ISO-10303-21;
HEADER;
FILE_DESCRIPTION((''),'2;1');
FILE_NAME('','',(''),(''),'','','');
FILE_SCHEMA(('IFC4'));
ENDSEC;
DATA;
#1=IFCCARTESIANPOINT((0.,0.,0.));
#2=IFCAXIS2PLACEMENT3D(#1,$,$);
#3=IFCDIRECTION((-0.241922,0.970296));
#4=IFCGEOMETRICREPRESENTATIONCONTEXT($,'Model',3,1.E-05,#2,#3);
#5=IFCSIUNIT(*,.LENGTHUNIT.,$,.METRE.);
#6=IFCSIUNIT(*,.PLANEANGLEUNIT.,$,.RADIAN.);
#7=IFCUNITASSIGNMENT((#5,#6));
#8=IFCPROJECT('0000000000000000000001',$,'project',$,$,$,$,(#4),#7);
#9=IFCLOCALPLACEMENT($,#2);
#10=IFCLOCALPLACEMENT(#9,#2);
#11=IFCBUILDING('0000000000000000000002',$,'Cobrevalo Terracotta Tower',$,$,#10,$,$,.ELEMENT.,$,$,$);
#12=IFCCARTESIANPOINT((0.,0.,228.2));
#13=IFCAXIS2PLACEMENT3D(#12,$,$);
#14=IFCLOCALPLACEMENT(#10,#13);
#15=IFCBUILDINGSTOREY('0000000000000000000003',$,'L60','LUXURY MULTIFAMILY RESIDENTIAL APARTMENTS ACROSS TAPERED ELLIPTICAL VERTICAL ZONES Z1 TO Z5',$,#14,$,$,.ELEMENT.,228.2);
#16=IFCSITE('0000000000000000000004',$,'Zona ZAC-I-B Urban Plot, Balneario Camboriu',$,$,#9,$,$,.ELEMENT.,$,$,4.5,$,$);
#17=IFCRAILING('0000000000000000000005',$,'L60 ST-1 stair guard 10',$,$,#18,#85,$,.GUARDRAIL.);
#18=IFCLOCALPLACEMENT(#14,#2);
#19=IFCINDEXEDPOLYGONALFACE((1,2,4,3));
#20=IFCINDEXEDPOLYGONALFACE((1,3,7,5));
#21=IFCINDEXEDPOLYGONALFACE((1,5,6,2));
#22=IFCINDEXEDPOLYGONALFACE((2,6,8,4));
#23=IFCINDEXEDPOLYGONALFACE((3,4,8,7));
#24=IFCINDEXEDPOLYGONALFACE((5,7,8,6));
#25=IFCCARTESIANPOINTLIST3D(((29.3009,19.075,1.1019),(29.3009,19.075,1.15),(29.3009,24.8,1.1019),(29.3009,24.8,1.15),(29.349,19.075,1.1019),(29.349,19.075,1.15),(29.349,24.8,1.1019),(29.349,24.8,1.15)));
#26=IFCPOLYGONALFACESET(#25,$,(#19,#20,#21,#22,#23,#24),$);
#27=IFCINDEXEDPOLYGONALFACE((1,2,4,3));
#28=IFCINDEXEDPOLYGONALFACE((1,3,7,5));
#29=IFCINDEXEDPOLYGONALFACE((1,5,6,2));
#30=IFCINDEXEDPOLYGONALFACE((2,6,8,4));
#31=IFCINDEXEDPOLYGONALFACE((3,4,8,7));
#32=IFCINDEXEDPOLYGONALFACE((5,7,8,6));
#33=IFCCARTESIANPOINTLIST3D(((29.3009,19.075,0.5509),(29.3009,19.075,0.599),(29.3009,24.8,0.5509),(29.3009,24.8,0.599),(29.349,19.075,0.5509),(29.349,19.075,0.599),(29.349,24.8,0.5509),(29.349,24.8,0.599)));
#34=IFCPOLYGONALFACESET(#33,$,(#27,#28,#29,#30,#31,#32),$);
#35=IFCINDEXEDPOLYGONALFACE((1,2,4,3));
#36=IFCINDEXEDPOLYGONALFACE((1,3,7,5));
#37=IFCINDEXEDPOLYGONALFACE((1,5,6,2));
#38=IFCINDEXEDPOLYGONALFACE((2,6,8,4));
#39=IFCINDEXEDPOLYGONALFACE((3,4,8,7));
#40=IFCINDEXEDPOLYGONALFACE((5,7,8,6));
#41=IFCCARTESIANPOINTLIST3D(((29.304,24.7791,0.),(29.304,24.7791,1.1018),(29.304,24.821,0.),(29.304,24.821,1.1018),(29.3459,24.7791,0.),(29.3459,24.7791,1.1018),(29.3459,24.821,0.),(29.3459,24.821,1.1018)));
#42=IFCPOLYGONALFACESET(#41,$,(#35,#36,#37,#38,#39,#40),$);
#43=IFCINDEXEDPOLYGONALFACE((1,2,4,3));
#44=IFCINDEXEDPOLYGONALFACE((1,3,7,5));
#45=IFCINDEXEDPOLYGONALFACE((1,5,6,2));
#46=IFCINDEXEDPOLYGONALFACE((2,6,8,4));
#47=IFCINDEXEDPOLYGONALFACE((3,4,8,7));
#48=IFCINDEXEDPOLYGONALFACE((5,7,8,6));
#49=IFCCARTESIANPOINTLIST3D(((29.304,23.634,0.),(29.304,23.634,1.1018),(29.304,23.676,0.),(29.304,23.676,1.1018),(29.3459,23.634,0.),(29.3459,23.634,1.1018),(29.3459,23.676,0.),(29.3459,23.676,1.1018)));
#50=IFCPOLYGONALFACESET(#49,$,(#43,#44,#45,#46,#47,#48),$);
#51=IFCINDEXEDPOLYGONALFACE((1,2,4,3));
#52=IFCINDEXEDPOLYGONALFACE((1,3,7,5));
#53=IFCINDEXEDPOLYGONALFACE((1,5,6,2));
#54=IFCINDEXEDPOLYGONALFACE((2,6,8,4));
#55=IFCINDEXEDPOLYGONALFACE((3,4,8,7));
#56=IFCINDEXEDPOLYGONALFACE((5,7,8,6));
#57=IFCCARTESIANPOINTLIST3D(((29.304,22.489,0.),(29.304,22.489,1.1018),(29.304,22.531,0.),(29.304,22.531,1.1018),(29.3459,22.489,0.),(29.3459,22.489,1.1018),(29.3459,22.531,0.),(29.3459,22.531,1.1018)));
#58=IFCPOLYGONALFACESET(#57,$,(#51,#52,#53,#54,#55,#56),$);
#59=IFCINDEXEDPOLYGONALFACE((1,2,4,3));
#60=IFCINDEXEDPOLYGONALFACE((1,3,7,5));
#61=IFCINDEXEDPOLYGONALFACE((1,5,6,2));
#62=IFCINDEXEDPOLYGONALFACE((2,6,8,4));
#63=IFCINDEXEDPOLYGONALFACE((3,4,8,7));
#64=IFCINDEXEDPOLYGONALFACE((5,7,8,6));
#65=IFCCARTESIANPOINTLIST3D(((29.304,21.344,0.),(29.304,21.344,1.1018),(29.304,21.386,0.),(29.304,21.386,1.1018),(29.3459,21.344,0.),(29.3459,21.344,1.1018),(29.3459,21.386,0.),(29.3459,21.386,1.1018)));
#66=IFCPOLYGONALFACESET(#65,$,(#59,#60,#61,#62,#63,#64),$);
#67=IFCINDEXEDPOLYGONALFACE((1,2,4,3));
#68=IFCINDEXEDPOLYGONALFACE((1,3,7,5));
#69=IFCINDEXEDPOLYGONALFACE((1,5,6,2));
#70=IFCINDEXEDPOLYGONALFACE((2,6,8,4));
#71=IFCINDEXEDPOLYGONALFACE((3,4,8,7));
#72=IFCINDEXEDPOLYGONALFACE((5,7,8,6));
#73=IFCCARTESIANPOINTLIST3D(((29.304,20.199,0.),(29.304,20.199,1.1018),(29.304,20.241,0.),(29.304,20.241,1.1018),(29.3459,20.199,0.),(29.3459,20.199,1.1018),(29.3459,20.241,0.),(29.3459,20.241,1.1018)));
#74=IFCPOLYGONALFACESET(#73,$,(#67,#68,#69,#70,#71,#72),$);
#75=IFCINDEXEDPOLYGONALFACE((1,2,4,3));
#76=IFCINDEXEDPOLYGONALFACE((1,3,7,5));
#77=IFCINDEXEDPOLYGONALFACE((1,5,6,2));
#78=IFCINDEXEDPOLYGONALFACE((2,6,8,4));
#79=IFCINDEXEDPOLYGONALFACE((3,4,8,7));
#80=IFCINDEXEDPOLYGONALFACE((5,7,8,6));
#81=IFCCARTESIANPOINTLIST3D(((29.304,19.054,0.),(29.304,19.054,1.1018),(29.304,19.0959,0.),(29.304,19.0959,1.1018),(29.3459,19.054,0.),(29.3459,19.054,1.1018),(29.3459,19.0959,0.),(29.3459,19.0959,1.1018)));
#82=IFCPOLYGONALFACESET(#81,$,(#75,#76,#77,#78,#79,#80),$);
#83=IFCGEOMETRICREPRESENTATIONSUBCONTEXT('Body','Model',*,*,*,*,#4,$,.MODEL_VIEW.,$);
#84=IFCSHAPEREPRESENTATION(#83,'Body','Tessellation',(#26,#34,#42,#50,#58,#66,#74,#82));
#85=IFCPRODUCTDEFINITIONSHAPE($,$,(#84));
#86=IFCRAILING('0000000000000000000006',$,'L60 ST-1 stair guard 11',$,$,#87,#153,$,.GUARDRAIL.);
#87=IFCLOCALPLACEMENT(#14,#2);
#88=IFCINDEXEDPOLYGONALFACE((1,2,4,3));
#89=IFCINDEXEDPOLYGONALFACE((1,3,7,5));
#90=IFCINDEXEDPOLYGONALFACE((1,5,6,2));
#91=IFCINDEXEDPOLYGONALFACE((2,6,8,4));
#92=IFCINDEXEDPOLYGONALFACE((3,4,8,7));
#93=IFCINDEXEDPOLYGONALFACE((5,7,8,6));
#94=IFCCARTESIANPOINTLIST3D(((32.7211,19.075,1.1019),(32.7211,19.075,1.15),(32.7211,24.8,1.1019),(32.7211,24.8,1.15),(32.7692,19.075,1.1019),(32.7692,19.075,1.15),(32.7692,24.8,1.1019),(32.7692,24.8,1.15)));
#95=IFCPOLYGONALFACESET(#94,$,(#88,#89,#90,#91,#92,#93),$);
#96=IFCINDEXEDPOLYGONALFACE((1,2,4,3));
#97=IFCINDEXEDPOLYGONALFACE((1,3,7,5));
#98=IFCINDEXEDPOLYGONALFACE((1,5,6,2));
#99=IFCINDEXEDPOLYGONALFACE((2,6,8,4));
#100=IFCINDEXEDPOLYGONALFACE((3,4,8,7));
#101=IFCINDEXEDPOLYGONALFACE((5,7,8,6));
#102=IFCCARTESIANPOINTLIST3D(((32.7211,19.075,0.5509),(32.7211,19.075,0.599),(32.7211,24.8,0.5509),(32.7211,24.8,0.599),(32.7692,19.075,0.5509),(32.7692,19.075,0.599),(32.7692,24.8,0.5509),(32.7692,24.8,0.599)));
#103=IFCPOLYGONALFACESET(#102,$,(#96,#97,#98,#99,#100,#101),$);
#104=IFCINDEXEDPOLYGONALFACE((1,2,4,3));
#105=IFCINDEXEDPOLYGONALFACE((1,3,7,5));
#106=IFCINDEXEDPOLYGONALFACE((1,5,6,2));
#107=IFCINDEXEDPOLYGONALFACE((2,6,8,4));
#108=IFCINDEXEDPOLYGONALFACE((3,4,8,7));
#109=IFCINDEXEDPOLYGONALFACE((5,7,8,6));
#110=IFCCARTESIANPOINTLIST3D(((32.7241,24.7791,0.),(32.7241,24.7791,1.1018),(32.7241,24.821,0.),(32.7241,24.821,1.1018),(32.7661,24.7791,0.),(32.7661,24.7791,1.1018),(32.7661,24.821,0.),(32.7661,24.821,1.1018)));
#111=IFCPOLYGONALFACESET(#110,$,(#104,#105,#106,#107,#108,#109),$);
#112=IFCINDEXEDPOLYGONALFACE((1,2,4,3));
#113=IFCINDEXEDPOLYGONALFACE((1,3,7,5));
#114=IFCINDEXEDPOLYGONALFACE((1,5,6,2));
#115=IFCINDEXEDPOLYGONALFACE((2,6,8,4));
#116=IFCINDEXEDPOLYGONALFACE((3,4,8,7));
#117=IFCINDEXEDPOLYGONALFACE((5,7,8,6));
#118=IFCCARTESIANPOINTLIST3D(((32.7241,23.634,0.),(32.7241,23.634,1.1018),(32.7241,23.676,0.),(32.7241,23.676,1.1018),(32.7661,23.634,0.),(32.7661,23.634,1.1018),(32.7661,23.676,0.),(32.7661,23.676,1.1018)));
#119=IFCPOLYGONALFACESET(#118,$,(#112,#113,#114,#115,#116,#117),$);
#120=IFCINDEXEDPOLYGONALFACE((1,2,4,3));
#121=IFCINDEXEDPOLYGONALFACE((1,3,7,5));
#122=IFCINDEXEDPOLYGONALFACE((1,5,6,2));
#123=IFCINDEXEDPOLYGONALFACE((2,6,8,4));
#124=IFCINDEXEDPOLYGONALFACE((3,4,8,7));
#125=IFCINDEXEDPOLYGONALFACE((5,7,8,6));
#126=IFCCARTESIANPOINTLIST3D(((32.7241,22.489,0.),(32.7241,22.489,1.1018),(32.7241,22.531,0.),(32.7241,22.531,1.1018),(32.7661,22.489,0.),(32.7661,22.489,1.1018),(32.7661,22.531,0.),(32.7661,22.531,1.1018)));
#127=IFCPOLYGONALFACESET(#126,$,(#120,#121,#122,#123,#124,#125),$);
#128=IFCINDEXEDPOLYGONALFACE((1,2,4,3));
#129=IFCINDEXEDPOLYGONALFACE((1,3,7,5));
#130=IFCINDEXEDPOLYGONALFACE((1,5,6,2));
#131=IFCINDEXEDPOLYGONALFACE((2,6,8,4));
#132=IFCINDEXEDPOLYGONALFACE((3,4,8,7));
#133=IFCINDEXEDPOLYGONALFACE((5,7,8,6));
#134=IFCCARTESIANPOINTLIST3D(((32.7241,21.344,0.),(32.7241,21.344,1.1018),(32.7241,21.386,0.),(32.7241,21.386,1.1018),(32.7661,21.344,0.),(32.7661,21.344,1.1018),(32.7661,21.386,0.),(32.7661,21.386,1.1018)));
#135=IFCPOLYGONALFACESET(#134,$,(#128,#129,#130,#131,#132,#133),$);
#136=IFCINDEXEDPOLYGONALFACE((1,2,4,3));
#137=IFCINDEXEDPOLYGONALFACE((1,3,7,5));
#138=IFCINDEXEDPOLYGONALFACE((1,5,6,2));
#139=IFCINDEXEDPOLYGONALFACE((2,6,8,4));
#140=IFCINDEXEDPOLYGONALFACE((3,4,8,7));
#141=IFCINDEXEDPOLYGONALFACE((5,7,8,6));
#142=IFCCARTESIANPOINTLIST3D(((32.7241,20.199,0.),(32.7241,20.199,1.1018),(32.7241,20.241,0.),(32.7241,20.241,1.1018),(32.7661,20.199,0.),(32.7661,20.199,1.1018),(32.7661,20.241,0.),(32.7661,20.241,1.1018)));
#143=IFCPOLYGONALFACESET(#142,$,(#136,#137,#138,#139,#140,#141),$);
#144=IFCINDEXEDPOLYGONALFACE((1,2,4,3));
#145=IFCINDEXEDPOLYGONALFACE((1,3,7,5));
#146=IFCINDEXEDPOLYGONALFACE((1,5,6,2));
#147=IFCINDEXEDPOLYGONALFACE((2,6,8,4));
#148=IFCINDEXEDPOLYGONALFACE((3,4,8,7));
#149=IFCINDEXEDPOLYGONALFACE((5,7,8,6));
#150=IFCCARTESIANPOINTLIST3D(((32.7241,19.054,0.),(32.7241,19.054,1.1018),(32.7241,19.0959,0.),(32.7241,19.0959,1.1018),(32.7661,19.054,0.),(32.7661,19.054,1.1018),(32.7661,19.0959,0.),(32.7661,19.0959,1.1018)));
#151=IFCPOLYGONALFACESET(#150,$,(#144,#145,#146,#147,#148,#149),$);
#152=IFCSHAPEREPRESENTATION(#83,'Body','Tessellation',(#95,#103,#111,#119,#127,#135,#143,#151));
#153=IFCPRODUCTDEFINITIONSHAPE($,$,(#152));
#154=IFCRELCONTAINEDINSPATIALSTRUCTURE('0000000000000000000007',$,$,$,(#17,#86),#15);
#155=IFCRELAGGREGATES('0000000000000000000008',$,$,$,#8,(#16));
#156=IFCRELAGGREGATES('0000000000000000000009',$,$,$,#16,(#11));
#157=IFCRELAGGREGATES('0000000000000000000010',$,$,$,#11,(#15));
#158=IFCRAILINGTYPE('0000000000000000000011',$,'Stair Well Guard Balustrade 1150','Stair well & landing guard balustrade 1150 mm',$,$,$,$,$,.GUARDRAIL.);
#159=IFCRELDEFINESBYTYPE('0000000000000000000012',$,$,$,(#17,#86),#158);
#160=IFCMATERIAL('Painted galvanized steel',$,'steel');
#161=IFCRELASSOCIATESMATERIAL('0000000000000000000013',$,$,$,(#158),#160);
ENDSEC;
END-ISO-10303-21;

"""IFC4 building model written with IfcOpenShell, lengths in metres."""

from ifc_helpers import new_model, si_unit, direction, frame, origin, origin_2d, place, context, subcontext, project, spatial, rectangle, extrude, material, type_object, element, save


model = new_model("IFC4")

# Units and contexts
model_context = context("Model", 3, precision=1e-05, world=origin(), true_north=direction((-0.241922, 0.970296)))
body_context = subcontext(model_context, "Body", "Model", "MODEL_VIEW")
ifc_project = project(units=[si_unit("LENGTHUNIT", "METRE"), si_unit("PLANEANGLEUNIT", "RADIAN")], contexts=[model_context])

# Site, building, storey
site_placement = place(None, origin())
site = spatial("IfcSite", under=ifc_project, at=site_placement, Name="Zona ZAC-I-B Urban Plot, Balneario Camboriu", CompositionType="ELEMENT", RefElevation=4.5)
building_placement = place(site_placement, origin())
building = spatial("IfcBuilding", under=site, at=building_placement, Name="Cobrevalo Terracotta Tower", CompositionType="ELEMENT")
storey_placement = place(building_placement, frame((0.0, 0.0, 228.2)))
storey = spatial("IfcBuildingStorey", under=building, at=storey_placement, Name="L60", Description="LUXURY MULTIFAMILY RESIDENTIAL APARTMENTS ACROSS TAPERED ELLIPTICAL VERTICAL ZONES Z1 TO Z5", CompositionType="ELEMENT", Elevation=228.2)

# Railings
ifc_material_1 = material(Name="Painted galvanized steel", Category="steel")
railing_type_1 = type_object("IfcRailingType", Name="Stair Well Guard Balustrade 1150", Description="Stair well & landing guard balustrade 1150 mm", PredefinedType="GUARDRAIL", material=ifc_material_1)
for number, where, name in (
    (1, (29.325, 24.8, 0.0), "L60 ST-1 stair guard 10"),
    (2, (32.7451, 24.8, 0.0), "L60 ST-1 stair guard 11"),
):
    element("IfcRailing", number, at=place(storey_placement, frame(where)), inside=storey, type_object=railing_type_1, Name=name, PredefinedType="GUARDRAIL", context=body_context, shape_type="SweptSolid", body=[
        extrude(rectangle(XDim=0.0481, YDim=0.0481, at=origin_2d()), frame((0.0, 0.0, 1.126), z_axis=(0.0, -1.0, 0.0), x_axis=(1.0, 0.0, 0.0)), (0.0, 0.0, 1.0), 5.7251),
        extrude(rectangle(XDim=0.0481, YDim=0.0481, at=origin_2d()), frame((0.0, 0.0, 0.575), z_axis=(0.0, -1.0, 0.0), x_axis=(1.0, 0.0, 0.0)), (0.0, 0.0, 1.0), 5.7251),
        extrude(rectangle(XDim=0.042, YDim=0.042, at=origin_2d()), origin(), (0.0, 0.0, 1.0), 1.1018),
        extrude(rectangle(XDim=0.042, YDim=0.042, at=origin_2d()), frame((0.0, -1.145, 0.0)), (0.0, 0.0, 1.0), 1.1018),
        extrude(rectangle(XDim=0.042, YDim=0.042, at=origin_2d()), frame((0.0, -2.29, 0.0)), (0.0, 0.0, 1.0), 1.1018),
        extrude(rectangle(XDim=0.042, YDim=0.042, at=origin_2d()), frame((0.0, -3.4351, 0.0)), (0.0, 0.0, 1.0), 1.1018),
        extrude(rectangle(XDim=0.042, YDim=0.042, at=origin_2d()), frame((0.0, -4.5801, 0.0)), (0.0, 0.0, 1.0), 1.1018),
        extrude(rectangle(XDim=0.042, YDim=0.042, at=origin_2d()), frame((0.0, -5.7251, 0.0)), (0.0, 0.0, 1.0), 1.1018),
    ])

save(model, "model.ifc")
